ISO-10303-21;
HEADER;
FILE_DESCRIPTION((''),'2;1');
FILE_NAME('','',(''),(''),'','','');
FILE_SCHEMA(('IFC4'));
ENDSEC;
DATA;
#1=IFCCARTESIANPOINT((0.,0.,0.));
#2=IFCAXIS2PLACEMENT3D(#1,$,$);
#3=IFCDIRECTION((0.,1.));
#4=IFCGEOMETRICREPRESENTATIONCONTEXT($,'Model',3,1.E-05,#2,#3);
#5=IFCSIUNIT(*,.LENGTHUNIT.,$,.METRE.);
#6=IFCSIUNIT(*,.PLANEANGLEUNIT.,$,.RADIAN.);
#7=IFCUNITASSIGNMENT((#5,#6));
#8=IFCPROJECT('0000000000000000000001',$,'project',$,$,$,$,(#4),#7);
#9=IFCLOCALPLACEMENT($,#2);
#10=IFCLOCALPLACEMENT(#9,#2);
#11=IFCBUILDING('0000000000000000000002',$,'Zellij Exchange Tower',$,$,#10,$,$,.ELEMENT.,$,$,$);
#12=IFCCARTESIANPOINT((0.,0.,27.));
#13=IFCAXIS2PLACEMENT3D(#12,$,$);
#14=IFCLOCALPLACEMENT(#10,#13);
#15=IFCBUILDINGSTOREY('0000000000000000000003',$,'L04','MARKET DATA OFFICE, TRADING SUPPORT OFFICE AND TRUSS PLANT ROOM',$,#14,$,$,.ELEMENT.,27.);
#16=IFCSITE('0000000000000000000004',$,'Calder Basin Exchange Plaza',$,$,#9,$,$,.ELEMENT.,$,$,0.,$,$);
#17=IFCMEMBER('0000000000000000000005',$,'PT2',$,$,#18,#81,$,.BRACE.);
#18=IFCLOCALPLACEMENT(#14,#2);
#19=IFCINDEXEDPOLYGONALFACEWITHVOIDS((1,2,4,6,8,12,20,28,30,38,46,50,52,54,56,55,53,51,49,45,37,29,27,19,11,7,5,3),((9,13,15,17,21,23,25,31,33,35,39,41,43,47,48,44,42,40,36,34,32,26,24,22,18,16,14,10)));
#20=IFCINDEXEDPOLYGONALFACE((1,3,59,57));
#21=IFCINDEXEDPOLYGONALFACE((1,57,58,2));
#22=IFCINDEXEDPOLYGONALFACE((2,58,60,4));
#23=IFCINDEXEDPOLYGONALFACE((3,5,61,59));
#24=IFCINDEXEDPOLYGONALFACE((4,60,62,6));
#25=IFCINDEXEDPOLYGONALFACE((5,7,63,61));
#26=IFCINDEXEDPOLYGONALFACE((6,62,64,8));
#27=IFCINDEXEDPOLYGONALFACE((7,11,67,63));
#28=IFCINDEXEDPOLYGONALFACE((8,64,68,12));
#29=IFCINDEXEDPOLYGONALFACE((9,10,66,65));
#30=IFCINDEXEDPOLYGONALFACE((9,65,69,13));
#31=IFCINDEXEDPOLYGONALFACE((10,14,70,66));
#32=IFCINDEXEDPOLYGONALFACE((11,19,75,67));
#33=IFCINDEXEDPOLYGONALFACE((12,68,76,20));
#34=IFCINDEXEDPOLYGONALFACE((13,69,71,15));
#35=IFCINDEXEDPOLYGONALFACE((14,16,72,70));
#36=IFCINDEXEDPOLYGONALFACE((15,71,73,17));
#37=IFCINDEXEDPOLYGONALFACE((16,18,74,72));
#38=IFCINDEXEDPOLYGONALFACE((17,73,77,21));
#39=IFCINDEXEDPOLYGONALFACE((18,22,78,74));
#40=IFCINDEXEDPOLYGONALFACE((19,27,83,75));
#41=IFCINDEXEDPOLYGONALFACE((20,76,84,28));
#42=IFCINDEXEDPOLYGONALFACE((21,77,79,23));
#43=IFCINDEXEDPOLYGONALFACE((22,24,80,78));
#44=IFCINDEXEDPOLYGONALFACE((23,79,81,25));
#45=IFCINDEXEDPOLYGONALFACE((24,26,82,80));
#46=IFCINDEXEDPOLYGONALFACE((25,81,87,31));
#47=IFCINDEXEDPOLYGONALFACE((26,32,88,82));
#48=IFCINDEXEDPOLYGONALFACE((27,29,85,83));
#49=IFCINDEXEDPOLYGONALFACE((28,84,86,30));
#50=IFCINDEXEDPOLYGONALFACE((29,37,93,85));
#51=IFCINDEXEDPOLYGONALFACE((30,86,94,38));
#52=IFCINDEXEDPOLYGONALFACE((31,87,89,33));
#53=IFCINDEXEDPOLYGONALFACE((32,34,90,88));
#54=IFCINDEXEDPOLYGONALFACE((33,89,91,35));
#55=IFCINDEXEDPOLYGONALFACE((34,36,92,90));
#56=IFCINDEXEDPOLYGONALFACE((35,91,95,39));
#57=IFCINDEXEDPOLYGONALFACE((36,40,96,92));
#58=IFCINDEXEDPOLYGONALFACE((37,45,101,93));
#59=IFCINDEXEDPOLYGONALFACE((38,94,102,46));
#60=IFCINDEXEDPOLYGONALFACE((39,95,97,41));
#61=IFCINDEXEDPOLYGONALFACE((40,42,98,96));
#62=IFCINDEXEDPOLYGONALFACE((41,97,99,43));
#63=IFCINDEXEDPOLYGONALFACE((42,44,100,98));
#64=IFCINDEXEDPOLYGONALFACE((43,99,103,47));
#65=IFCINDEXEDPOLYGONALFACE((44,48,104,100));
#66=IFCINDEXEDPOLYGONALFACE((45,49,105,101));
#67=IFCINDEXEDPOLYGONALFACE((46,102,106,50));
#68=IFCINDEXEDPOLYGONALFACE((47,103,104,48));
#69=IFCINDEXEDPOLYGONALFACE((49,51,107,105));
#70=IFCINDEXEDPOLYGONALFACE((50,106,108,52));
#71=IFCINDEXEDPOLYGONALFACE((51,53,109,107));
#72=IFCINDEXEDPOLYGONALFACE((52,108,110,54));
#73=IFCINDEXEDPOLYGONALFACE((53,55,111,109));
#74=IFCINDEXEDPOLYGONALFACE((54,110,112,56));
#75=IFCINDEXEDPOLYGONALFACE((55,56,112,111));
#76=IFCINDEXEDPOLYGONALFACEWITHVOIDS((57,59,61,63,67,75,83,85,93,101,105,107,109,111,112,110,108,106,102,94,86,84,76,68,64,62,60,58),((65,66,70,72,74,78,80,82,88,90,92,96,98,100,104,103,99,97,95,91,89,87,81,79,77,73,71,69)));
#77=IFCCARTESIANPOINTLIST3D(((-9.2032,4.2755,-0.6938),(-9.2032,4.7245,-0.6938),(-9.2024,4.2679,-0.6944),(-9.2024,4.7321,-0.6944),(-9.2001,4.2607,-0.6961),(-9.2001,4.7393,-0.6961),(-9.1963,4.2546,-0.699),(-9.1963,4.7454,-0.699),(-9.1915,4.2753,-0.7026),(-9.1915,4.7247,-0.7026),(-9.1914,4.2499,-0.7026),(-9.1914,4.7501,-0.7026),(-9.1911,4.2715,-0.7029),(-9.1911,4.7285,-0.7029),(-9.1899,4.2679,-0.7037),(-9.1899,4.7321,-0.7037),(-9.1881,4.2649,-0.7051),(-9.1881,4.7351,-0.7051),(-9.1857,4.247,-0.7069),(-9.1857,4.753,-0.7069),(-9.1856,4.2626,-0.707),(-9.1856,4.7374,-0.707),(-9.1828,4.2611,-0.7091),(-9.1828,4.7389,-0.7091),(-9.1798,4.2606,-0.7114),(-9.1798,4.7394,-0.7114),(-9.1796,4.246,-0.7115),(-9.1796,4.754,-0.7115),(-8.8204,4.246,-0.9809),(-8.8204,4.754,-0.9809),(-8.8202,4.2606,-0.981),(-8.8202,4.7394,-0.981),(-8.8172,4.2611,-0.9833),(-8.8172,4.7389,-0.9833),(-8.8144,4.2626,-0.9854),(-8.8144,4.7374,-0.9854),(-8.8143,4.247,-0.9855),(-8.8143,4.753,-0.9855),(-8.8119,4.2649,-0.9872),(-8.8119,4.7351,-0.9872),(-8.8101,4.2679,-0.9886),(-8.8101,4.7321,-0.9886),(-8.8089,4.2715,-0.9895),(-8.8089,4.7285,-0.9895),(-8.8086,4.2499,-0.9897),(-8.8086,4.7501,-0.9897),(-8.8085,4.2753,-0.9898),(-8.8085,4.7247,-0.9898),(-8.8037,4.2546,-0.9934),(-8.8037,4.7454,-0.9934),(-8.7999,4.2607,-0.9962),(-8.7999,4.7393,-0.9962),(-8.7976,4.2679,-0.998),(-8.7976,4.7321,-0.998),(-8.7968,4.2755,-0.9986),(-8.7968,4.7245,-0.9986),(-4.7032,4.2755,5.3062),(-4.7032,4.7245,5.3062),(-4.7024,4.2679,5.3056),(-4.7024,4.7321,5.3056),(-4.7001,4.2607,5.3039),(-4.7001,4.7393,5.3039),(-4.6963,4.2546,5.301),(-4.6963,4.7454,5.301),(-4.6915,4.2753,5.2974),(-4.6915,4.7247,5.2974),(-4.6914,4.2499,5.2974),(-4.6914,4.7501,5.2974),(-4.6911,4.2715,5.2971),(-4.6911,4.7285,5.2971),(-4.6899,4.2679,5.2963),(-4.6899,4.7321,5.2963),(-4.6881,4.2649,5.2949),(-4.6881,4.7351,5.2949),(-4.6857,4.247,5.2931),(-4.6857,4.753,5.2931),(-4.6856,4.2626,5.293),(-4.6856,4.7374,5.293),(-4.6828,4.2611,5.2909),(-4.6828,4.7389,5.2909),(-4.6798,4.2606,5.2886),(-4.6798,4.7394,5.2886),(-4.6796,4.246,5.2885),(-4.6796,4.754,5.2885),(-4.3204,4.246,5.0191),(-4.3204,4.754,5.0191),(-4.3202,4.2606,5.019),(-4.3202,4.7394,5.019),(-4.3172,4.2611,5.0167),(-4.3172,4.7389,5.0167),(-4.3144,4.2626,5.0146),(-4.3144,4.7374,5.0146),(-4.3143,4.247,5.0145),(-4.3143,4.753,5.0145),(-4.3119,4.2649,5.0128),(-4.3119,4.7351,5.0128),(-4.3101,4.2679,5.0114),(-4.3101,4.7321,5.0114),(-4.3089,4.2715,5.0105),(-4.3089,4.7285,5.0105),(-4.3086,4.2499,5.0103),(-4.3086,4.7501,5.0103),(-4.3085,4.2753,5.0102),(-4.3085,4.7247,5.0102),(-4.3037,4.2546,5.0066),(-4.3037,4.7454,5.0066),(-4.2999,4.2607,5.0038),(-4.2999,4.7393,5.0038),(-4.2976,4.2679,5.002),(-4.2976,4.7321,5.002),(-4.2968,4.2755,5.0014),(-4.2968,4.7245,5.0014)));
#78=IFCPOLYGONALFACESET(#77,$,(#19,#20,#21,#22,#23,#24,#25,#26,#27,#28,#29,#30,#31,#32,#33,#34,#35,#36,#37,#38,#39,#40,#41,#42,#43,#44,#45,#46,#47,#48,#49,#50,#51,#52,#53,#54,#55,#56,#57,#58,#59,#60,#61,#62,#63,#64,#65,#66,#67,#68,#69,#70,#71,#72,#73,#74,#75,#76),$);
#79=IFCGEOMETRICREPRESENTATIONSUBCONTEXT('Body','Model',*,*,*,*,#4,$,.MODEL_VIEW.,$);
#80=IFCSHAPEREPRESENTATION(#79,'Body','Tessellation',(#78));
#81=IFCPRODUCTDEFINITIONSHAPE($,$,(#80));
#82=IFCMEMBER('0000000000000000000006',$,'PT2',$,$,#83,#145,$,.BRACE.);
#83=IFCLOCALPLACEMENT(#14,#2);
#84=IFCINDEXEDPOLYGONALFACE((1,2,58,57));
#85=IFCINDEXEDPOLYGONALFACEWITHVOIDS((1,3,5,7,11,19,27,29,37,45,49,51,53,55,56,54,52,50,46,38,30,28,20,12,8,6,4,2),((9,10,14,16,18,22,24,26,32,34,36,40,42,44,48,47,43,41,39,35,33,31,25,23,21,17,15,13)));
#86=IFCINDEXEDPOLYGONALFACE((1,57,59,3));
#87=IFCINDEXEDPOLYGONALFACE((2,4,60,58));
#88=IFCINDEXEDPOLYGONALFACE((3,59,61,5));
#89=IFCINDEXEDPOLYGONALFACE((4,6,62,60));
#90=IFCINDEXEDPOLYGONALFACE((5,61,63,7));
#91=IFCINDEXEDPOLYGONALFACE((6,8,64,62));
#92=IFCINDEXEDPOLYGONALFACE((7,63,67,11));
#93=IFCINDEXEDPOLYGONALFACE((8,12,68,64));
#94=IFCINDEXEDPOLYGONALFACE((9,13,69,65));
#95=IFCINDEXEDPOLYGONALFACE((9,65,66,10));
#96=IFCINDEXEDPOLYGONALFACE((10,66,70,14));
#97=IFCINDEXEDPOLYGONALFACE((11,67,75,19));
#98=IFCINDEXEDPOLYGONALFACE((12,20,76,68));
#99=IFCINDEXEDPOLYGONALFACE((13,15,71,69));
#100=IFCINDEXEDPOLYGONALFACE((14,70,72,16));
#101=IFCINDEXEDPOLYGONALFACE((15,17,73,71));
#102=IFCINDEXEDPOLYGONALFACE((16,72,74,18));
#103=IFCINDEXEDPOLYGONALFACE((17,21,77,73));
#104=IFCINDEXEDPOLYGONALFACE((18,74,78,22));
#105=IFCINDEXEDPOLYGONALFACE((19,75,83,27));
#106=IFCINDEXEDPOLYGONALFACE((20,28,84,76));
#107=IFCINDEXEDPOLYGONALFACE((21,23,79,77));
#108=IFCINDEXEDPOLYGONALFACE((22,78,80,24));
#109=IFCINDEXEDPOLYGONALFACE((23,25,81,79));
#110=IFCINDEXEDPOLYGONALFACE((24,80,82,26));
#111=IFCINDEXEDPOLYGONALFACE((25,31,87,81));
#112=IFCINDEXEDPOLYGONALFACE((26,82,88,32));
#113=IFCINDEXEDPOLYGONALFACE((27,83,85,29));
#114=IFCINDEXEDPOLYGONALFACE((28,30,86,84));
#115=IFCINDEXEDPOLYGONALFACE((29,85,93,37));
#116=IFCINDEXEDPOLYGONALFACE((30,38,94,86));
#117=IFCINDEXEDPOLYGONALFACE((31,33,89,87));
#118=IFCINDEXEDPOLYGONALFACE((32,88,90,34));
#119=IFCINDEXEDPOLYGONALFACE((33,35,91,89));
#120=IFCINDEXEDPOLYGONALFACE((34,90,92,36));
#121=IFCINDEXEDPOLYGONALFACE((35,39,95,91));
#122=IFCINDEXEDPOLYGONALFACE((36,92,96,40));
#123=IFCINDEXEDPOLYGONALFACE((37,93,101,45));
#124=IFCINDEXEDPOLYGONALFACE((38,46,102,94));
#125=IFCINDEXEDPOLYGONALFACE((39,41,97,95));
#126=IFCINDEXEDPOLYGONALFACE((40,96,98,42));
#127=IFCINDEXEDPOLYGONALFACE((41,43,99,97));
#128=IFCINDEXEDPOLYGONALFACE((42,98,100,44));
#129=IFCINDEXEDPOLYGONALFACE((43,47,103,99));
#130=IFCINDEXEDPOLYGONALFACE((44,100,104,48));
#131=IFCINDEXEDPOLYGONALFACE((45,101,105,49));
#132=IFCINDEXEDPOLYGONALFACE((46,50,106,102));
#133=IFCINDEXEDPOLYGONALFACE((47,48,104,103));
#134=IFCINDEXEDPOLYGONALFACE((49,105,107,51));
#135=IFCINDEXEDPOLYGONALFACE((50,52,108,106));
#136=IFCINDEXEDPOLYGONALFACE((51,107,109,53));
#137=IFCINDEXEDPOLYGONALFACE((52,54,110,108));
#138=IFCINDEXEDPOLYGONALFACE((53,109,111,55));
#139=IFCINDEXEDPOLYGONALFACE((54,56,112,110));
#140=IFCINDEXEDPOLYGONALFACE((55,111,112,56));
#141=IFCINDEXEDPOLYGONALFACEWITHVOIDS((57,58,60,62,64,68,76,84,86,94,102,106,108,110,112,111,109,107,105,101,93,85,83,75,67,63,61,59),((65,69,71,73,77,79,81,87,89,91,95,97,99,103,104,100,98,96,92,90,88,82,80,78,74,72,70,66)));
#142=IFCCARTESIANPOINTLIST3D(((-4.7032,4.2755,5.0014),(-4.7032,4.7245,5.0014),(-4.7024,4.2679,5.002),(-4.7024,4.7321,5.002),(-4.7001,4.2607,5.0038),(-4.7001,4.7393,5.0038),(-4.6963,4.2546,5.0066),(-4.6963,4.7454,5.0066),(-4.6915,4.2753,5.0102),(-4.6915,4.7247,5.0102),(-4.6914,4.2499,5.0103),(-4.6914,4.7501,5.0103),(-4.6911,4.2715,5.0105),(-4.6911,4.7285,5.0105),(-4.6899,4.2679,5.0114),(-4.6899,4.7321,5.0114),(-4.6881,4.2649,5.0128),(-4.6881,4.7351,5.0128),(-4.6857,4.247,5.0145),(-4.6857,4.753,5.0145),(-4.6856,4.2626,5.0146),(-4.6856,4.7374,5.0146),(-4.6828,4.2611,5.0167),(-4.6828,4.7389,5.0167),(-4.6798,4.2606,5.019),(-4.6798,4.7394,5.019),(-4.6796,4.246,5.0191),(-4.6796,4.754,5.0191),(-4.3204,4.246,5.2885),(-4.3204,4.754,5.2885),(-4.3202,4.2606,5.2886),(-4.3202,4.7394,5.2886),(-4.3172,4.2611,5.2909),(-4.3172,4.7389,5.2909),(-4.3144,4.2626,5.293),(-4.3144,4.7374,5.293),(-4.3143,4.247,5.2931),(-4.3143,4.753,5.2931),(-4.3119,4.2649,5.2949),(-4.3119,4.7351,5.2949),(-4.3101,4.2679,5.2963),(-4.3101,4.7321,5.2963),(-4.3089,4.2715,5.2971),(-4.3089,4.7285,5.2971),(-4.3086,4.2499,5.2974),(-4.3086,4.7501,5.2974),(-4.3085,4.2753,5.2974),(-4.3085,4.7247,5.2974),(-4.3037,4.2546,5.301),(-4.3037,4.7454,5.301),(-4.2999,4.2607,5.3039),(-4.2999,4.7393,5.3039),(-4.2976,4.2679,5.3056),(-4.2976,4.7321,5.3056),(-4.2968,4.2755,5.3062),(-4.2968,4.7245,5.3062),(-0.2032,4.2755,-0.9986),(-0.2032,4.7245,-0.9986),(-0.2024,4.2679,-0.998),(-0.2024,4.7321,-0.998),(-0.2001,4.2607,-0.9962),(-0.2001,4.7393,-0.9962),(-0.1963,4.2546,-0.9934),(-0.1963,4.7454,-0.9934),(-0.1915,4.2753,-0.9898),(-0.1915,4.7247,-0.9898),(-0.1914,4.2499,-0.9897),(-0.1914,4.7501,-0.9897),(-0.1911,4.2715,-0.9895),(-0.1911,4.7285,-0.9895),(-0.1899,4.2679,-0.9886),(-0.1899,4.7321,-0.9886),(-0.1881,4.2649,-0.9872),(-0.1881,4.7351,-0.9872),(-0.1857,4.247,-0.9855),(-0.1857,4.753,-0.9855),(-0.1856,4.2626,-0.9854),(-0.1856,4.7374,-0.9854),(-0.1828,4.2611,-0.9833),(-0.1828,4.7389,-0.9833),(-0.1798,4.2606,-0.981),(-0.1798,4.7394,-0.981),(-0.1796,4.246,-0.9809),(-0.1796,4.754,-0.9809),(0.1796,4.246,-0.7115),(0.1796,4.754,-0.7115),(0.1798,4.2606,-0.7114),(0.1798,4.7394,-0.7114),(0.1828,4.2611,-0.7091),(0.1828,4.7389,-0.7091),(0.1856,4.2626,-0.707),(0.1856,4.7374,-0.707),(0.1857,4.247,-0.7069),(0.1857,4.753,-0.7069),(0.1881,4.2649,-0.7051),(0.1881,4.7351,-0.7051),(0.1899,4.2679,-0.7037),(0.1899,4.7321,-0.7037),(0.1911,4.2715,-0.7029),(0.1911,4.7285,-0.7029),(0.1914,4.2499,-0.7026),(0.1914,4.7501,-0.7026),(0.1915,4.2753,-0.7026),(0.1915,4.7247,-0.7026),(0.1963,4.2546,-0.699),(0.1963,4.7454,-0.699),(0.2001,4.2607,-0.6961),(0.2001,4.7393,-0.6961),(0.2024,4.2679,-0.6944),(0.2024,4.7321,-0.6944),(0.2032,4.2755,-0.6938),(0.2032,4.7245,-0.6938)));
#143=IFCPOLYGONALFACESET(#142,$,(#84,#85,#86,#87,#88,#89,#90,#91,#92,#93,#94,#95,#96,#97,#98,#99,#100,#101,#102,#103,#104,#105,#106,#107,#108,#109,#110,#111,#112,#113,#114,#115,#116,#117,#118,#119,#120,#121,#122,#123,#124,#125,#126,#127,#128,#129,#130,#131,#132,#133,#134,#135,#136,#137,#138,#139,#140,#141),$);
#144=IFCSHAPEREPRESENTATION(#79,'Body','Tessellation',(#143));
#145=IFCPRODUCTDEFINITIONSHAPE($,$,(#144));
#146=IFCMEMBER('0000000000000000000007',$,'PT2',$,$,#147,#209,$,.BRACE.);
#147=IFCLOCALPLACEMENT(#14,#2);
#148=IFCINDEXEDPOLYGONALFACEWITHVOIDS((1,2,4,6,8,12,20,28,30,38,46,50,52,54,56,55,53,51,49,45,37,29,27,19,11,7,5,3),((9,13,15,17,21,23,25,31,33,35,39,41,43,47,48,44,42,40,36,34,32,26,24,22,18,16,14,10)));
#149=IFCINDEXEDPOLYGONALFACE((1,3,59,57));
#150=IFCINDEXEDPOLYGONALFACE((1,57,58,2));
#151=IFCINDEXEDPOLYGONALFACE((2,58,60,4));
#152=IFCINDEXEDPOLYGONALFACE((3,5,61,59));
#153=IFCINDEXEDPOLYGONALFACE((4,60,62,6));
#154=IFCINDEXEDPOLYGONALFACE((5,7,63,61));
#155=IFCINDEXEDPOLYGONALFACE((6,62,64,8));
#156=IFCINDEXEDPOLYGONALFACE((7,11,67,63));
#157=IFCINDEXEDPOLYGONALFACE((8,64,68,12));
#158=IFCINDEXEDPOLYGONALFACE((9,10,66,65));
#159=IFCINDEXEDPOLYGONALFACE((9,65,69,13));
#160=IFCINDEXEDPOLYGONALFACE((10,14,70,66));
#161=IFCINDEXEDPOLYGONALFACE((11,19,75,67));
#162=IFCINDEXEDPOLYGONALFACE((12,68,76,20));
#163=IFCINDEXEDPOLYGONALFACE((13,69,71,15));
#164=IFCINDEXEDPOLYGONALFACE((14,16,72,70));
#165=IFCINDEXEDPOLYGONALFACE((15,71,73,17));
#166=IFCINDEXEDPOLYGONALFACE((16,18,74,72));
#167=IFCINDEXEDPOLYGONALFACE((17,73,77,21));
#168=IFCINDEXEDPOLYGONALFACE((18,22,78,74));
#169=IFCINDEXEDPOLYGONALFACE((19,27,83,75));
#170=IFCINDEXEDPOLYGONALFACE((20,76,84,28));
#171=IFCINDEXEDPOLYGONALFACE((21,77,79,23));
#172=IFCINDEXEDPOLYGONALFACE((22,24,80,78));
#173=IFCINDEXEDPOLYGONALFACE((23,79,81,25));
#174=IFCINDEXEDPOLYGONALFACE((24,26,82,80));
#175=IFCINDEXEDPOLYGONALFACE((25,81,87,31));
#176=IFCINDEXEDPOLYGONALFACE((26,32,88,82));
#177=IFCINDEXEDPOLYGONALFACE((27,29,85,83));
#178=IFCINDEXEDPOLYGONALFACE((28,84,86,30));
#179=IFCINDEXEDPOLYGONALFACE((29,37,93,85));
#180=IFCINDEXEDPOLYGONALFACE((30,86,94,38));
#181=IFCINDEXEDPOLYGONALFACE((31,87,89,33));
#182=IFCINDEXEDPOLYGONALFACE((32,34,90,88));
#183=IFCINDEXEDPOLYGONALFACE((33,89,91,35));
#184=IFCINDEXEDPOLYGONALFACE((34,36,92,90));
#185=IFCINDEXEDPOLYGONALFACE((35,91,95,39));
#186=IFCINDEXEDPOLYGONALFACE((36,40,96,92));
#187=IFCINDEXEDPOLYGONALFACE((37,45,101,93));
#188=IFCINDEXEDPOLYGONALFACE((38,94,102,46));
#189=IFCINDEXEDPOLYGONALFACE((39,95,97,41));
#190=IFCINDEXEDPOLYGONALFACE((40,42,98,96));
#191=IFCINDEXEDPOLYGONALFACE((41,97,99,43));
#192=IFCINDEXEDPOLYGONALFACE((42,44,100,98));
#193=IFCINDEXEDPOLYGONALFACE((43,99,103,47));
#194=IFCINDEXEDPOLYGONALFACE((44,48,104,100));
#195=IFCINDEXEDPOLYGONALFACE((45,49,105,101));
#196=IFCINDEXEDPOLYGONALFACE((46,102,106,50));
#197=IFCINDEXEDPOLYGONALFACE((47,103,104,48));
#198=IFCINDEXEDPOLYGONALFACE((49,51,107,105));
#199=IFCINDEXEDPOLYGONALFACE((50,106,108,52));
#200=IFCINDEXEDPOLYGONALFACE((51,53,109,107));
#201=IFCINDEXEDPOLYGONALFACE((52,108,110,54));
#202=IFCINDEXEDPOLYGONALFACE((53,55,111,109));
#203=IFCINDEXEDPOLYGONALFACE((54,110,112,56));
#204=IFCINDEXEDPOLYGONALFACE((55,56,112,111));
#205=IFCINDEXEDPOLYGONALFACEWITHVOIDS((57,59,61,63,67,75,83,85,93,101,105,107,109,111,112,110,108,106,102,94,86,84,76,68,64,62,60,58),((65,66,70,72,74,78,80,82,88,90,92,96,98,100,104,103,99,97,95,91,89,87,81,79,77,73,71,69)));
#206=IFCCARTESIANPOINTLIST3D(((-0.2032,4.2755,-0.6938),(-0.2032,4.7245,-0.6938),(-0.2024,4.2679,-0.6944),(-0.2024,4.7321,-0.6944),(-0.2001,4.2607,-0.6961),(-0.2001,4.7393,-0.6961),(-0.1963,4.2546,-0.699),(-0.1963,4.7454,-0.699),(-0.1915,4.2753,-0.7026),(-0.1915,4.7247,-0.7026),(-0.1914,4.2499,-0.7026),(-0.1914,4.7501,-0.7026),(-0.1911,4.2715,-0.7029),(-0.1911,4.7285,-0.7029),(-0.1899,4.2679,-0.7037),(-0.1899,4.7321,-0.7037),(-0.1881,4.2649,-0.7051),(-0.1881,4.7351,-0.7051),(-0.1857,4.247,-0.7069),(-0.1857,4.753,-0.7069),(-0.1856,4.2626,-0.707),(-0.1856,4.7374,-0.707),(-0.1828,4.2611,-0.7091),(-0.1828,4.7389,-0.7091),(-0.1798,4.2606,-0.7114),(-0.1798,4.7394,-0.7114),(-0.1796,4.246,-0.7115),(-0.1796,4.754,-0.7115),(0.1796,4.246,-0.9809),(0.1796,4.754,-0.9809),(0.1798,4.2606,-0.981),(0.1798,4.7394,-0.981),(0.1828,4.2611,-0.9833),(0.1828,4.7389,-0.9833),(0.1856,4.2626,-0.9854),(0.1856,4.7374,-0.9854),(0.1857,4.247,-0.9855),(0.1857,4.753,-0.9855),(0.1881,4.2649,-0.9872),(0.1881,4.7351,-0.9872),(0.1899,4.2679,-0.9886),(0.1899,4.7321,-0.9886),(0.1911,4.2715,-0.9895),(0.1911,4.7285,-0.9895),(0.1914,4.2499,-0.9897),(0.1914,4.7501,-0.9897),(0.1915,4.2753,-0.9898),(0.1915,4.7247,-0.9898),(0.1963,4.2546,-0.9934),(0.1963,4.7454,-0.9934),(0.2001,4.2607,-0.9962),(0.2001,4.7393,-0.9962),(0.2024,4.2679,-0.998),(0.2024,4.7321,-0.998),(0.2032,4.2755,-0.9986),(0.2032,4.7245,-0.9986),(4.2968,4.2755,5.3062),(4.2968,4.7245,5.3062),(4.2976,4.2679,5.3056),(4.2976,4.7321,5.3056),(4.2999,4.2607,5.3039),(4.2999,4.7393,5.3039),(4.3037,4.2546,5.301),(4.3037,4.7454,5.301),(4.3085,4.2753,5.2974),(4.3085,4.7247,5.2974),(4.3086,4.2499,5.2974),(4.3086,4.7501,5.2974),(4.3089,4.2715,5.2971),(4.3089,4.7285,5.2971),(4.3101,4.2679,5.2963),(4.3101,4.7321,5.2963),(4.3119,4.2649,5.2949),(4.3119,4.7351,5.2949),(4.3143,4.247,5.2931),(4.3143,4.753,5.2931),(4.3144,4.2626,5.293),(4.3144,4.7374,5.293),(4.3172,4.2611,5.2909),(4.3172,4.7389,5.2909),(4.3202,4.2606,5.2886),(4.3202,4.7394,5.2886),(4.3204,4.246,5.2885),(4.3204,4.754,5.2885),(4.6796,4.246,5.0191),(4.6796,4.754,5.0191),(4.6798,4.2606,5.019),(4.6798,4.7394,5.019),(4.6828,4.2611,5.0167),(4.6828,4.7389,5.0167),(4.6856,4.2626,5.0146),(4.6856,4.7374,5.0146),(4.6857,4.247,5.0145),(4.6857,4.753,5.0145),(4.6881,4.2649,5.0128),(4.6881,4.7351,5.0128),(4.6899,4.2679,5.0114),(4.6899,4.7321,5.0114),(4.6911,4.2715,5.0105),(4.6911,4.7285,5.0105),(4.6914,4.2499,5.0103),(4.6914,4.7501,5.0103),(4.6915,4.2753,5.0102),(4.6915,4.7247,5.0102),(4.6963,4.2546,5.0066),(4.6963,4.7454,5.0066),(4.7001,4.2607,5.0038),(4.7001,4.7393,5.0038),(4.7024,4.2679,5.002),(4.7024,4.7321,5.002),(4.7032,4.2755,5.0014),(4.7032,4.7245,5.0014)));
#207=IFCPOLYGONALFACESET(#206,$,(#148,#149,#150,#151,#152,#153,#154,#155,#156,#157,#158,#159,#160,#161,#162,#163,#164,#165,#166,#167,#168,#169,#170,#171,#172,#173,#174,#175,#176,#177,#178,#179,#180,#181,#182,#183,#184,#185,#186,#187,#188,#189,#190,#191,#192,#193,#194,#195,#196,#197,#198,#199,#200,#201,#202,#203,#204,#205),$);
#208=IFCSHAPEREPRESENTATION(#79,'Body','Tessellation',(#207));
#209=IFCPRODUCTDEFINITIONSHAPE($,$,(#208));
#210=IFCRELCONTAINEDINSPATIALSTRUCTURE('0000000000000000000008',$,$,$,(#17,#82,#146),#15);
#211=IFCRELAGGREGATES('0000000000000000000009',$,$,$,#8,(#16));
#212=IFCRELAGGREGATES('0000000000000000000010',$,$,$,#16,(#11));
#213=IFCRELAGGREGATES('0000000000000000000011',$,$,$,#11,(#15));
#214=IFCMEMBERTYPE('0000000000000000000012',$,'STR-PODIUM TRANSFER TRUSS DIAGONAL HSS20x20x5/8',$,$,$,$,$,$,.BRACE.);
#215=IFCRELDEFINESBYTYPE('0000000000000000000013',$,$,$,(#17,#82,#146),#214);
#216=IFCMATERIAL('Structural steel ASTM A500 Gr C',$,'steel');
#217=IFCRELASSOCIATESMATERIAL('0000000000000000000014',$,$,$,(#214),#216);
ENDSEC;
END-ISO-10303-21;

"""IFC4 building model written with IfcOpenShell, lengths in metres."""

from ifc_helpers import new_model, si_unit, direction, frame, origin, origin_2d, place, context, subcontext, project, spatial, hollow_rectangle, extrude, material, material_profile, profile_set, type_object, element, save


model = new_model("IFC4")

# Units and contexts
model_context = context("Model", 3, precision=1e-05, world=origin(), true_north=direction((0.0, 1.0)))
body_context = subcontext(model_context, "Body", "Model", "MODEL_VIEW")
ifc_project = project(units=[si_unit("LENGTHUNIT", "METRE"), si_unit("PLANEANGLEUNIT", "RADIAN")], contexts=[model_context])

# Site, building, storey
site_placement = place(None, origin())
site = spatial("IfcSite", under=ifc_project, at=site_placement, Name="Calder Basin Exchange Plaza", CompositionType="ELEMENT", RefElevation=0.0)
building_placement = place(site_placement, origin())
building = spatial("IfcBuilding", under=site, at=building_placement, Name="Zellij Exchange Tower", CompositionType="ELEMENT")
storey_placement = place(building_placement, frame((0.0, 0.0, 27.0)))
storey = spatial("IfcBuildingStorey", under=building, at=storey_placement, Name="L04", Description="MARKET DATA OFFICE, TRADING SUPPORT OFFICE AND TRUSS PLANT ROOM", CompositionType="ELEMENT", Elevation=27.0)

# Members
ifc_material_1 = material(Name="Structural steel ASTM A500 Gr C", Category="steel")
ifc_material_profile_1 = material_profile(ifc_material_1, hollow_rectangle(XDim=0.5081, YDim=0.5081, WallThickness=0.0146, InnerFilletRadius=0.0146, OuterFilletRadius=0.0295, at=origin_2d()), Name="STR-PODIUM TRANSFER TRUSS DIAGONAL HSS20x20x5/8")
ifc_profile_set_1 = profile_set([ifc_material_profile_1], Name="Structural steel ASTM A500 Gr C")
member_type_1 = type_object("IfcMemberType", Name="STR-PODIUM TRANSFER TRUSS DIAGONAL HSS20x20x5/8", PredefinedType="BRACE", material=ifc_profile_set_1)
for number, where, z_axis, x_axis, name in (
    (1, (-9.0, 4.5, -0.8462), (0.6, 0.0, 0.8), (0.0, 1.0, 0.0), "PT2"),
    (2, (-4.5, 4.5, 5.1538), (0.6, 0.0, -0.8), (0.0, 1.0, 0.0), "PT2"),
    (3, (0.0, 4.5, -0.8462), (0.6, 0.0, 0.8), (0.0, 1.0, 0.0), "PT2"),
):
    element("IfcMember", number, at=place(storey_placement, frame(where, z_axis=z_axis, x_axis=x_axis)), inside=storey, type_object=member_type_1, Name=name, PredefinedType="BRACE", context=body_context, shape_type="SweptSolid", body=[
        extrude(hollow_rectangle(XDim=0.5081, YDim=0.5081, WallThickness=0.0146, InnerFilletRadius=0.0146, OuterFilletRadius=0.0295, at=origin_2d()), origin(), (0.0, 0.0, 1.0), 7.5),
    ])

save(model, "model.ifc")
